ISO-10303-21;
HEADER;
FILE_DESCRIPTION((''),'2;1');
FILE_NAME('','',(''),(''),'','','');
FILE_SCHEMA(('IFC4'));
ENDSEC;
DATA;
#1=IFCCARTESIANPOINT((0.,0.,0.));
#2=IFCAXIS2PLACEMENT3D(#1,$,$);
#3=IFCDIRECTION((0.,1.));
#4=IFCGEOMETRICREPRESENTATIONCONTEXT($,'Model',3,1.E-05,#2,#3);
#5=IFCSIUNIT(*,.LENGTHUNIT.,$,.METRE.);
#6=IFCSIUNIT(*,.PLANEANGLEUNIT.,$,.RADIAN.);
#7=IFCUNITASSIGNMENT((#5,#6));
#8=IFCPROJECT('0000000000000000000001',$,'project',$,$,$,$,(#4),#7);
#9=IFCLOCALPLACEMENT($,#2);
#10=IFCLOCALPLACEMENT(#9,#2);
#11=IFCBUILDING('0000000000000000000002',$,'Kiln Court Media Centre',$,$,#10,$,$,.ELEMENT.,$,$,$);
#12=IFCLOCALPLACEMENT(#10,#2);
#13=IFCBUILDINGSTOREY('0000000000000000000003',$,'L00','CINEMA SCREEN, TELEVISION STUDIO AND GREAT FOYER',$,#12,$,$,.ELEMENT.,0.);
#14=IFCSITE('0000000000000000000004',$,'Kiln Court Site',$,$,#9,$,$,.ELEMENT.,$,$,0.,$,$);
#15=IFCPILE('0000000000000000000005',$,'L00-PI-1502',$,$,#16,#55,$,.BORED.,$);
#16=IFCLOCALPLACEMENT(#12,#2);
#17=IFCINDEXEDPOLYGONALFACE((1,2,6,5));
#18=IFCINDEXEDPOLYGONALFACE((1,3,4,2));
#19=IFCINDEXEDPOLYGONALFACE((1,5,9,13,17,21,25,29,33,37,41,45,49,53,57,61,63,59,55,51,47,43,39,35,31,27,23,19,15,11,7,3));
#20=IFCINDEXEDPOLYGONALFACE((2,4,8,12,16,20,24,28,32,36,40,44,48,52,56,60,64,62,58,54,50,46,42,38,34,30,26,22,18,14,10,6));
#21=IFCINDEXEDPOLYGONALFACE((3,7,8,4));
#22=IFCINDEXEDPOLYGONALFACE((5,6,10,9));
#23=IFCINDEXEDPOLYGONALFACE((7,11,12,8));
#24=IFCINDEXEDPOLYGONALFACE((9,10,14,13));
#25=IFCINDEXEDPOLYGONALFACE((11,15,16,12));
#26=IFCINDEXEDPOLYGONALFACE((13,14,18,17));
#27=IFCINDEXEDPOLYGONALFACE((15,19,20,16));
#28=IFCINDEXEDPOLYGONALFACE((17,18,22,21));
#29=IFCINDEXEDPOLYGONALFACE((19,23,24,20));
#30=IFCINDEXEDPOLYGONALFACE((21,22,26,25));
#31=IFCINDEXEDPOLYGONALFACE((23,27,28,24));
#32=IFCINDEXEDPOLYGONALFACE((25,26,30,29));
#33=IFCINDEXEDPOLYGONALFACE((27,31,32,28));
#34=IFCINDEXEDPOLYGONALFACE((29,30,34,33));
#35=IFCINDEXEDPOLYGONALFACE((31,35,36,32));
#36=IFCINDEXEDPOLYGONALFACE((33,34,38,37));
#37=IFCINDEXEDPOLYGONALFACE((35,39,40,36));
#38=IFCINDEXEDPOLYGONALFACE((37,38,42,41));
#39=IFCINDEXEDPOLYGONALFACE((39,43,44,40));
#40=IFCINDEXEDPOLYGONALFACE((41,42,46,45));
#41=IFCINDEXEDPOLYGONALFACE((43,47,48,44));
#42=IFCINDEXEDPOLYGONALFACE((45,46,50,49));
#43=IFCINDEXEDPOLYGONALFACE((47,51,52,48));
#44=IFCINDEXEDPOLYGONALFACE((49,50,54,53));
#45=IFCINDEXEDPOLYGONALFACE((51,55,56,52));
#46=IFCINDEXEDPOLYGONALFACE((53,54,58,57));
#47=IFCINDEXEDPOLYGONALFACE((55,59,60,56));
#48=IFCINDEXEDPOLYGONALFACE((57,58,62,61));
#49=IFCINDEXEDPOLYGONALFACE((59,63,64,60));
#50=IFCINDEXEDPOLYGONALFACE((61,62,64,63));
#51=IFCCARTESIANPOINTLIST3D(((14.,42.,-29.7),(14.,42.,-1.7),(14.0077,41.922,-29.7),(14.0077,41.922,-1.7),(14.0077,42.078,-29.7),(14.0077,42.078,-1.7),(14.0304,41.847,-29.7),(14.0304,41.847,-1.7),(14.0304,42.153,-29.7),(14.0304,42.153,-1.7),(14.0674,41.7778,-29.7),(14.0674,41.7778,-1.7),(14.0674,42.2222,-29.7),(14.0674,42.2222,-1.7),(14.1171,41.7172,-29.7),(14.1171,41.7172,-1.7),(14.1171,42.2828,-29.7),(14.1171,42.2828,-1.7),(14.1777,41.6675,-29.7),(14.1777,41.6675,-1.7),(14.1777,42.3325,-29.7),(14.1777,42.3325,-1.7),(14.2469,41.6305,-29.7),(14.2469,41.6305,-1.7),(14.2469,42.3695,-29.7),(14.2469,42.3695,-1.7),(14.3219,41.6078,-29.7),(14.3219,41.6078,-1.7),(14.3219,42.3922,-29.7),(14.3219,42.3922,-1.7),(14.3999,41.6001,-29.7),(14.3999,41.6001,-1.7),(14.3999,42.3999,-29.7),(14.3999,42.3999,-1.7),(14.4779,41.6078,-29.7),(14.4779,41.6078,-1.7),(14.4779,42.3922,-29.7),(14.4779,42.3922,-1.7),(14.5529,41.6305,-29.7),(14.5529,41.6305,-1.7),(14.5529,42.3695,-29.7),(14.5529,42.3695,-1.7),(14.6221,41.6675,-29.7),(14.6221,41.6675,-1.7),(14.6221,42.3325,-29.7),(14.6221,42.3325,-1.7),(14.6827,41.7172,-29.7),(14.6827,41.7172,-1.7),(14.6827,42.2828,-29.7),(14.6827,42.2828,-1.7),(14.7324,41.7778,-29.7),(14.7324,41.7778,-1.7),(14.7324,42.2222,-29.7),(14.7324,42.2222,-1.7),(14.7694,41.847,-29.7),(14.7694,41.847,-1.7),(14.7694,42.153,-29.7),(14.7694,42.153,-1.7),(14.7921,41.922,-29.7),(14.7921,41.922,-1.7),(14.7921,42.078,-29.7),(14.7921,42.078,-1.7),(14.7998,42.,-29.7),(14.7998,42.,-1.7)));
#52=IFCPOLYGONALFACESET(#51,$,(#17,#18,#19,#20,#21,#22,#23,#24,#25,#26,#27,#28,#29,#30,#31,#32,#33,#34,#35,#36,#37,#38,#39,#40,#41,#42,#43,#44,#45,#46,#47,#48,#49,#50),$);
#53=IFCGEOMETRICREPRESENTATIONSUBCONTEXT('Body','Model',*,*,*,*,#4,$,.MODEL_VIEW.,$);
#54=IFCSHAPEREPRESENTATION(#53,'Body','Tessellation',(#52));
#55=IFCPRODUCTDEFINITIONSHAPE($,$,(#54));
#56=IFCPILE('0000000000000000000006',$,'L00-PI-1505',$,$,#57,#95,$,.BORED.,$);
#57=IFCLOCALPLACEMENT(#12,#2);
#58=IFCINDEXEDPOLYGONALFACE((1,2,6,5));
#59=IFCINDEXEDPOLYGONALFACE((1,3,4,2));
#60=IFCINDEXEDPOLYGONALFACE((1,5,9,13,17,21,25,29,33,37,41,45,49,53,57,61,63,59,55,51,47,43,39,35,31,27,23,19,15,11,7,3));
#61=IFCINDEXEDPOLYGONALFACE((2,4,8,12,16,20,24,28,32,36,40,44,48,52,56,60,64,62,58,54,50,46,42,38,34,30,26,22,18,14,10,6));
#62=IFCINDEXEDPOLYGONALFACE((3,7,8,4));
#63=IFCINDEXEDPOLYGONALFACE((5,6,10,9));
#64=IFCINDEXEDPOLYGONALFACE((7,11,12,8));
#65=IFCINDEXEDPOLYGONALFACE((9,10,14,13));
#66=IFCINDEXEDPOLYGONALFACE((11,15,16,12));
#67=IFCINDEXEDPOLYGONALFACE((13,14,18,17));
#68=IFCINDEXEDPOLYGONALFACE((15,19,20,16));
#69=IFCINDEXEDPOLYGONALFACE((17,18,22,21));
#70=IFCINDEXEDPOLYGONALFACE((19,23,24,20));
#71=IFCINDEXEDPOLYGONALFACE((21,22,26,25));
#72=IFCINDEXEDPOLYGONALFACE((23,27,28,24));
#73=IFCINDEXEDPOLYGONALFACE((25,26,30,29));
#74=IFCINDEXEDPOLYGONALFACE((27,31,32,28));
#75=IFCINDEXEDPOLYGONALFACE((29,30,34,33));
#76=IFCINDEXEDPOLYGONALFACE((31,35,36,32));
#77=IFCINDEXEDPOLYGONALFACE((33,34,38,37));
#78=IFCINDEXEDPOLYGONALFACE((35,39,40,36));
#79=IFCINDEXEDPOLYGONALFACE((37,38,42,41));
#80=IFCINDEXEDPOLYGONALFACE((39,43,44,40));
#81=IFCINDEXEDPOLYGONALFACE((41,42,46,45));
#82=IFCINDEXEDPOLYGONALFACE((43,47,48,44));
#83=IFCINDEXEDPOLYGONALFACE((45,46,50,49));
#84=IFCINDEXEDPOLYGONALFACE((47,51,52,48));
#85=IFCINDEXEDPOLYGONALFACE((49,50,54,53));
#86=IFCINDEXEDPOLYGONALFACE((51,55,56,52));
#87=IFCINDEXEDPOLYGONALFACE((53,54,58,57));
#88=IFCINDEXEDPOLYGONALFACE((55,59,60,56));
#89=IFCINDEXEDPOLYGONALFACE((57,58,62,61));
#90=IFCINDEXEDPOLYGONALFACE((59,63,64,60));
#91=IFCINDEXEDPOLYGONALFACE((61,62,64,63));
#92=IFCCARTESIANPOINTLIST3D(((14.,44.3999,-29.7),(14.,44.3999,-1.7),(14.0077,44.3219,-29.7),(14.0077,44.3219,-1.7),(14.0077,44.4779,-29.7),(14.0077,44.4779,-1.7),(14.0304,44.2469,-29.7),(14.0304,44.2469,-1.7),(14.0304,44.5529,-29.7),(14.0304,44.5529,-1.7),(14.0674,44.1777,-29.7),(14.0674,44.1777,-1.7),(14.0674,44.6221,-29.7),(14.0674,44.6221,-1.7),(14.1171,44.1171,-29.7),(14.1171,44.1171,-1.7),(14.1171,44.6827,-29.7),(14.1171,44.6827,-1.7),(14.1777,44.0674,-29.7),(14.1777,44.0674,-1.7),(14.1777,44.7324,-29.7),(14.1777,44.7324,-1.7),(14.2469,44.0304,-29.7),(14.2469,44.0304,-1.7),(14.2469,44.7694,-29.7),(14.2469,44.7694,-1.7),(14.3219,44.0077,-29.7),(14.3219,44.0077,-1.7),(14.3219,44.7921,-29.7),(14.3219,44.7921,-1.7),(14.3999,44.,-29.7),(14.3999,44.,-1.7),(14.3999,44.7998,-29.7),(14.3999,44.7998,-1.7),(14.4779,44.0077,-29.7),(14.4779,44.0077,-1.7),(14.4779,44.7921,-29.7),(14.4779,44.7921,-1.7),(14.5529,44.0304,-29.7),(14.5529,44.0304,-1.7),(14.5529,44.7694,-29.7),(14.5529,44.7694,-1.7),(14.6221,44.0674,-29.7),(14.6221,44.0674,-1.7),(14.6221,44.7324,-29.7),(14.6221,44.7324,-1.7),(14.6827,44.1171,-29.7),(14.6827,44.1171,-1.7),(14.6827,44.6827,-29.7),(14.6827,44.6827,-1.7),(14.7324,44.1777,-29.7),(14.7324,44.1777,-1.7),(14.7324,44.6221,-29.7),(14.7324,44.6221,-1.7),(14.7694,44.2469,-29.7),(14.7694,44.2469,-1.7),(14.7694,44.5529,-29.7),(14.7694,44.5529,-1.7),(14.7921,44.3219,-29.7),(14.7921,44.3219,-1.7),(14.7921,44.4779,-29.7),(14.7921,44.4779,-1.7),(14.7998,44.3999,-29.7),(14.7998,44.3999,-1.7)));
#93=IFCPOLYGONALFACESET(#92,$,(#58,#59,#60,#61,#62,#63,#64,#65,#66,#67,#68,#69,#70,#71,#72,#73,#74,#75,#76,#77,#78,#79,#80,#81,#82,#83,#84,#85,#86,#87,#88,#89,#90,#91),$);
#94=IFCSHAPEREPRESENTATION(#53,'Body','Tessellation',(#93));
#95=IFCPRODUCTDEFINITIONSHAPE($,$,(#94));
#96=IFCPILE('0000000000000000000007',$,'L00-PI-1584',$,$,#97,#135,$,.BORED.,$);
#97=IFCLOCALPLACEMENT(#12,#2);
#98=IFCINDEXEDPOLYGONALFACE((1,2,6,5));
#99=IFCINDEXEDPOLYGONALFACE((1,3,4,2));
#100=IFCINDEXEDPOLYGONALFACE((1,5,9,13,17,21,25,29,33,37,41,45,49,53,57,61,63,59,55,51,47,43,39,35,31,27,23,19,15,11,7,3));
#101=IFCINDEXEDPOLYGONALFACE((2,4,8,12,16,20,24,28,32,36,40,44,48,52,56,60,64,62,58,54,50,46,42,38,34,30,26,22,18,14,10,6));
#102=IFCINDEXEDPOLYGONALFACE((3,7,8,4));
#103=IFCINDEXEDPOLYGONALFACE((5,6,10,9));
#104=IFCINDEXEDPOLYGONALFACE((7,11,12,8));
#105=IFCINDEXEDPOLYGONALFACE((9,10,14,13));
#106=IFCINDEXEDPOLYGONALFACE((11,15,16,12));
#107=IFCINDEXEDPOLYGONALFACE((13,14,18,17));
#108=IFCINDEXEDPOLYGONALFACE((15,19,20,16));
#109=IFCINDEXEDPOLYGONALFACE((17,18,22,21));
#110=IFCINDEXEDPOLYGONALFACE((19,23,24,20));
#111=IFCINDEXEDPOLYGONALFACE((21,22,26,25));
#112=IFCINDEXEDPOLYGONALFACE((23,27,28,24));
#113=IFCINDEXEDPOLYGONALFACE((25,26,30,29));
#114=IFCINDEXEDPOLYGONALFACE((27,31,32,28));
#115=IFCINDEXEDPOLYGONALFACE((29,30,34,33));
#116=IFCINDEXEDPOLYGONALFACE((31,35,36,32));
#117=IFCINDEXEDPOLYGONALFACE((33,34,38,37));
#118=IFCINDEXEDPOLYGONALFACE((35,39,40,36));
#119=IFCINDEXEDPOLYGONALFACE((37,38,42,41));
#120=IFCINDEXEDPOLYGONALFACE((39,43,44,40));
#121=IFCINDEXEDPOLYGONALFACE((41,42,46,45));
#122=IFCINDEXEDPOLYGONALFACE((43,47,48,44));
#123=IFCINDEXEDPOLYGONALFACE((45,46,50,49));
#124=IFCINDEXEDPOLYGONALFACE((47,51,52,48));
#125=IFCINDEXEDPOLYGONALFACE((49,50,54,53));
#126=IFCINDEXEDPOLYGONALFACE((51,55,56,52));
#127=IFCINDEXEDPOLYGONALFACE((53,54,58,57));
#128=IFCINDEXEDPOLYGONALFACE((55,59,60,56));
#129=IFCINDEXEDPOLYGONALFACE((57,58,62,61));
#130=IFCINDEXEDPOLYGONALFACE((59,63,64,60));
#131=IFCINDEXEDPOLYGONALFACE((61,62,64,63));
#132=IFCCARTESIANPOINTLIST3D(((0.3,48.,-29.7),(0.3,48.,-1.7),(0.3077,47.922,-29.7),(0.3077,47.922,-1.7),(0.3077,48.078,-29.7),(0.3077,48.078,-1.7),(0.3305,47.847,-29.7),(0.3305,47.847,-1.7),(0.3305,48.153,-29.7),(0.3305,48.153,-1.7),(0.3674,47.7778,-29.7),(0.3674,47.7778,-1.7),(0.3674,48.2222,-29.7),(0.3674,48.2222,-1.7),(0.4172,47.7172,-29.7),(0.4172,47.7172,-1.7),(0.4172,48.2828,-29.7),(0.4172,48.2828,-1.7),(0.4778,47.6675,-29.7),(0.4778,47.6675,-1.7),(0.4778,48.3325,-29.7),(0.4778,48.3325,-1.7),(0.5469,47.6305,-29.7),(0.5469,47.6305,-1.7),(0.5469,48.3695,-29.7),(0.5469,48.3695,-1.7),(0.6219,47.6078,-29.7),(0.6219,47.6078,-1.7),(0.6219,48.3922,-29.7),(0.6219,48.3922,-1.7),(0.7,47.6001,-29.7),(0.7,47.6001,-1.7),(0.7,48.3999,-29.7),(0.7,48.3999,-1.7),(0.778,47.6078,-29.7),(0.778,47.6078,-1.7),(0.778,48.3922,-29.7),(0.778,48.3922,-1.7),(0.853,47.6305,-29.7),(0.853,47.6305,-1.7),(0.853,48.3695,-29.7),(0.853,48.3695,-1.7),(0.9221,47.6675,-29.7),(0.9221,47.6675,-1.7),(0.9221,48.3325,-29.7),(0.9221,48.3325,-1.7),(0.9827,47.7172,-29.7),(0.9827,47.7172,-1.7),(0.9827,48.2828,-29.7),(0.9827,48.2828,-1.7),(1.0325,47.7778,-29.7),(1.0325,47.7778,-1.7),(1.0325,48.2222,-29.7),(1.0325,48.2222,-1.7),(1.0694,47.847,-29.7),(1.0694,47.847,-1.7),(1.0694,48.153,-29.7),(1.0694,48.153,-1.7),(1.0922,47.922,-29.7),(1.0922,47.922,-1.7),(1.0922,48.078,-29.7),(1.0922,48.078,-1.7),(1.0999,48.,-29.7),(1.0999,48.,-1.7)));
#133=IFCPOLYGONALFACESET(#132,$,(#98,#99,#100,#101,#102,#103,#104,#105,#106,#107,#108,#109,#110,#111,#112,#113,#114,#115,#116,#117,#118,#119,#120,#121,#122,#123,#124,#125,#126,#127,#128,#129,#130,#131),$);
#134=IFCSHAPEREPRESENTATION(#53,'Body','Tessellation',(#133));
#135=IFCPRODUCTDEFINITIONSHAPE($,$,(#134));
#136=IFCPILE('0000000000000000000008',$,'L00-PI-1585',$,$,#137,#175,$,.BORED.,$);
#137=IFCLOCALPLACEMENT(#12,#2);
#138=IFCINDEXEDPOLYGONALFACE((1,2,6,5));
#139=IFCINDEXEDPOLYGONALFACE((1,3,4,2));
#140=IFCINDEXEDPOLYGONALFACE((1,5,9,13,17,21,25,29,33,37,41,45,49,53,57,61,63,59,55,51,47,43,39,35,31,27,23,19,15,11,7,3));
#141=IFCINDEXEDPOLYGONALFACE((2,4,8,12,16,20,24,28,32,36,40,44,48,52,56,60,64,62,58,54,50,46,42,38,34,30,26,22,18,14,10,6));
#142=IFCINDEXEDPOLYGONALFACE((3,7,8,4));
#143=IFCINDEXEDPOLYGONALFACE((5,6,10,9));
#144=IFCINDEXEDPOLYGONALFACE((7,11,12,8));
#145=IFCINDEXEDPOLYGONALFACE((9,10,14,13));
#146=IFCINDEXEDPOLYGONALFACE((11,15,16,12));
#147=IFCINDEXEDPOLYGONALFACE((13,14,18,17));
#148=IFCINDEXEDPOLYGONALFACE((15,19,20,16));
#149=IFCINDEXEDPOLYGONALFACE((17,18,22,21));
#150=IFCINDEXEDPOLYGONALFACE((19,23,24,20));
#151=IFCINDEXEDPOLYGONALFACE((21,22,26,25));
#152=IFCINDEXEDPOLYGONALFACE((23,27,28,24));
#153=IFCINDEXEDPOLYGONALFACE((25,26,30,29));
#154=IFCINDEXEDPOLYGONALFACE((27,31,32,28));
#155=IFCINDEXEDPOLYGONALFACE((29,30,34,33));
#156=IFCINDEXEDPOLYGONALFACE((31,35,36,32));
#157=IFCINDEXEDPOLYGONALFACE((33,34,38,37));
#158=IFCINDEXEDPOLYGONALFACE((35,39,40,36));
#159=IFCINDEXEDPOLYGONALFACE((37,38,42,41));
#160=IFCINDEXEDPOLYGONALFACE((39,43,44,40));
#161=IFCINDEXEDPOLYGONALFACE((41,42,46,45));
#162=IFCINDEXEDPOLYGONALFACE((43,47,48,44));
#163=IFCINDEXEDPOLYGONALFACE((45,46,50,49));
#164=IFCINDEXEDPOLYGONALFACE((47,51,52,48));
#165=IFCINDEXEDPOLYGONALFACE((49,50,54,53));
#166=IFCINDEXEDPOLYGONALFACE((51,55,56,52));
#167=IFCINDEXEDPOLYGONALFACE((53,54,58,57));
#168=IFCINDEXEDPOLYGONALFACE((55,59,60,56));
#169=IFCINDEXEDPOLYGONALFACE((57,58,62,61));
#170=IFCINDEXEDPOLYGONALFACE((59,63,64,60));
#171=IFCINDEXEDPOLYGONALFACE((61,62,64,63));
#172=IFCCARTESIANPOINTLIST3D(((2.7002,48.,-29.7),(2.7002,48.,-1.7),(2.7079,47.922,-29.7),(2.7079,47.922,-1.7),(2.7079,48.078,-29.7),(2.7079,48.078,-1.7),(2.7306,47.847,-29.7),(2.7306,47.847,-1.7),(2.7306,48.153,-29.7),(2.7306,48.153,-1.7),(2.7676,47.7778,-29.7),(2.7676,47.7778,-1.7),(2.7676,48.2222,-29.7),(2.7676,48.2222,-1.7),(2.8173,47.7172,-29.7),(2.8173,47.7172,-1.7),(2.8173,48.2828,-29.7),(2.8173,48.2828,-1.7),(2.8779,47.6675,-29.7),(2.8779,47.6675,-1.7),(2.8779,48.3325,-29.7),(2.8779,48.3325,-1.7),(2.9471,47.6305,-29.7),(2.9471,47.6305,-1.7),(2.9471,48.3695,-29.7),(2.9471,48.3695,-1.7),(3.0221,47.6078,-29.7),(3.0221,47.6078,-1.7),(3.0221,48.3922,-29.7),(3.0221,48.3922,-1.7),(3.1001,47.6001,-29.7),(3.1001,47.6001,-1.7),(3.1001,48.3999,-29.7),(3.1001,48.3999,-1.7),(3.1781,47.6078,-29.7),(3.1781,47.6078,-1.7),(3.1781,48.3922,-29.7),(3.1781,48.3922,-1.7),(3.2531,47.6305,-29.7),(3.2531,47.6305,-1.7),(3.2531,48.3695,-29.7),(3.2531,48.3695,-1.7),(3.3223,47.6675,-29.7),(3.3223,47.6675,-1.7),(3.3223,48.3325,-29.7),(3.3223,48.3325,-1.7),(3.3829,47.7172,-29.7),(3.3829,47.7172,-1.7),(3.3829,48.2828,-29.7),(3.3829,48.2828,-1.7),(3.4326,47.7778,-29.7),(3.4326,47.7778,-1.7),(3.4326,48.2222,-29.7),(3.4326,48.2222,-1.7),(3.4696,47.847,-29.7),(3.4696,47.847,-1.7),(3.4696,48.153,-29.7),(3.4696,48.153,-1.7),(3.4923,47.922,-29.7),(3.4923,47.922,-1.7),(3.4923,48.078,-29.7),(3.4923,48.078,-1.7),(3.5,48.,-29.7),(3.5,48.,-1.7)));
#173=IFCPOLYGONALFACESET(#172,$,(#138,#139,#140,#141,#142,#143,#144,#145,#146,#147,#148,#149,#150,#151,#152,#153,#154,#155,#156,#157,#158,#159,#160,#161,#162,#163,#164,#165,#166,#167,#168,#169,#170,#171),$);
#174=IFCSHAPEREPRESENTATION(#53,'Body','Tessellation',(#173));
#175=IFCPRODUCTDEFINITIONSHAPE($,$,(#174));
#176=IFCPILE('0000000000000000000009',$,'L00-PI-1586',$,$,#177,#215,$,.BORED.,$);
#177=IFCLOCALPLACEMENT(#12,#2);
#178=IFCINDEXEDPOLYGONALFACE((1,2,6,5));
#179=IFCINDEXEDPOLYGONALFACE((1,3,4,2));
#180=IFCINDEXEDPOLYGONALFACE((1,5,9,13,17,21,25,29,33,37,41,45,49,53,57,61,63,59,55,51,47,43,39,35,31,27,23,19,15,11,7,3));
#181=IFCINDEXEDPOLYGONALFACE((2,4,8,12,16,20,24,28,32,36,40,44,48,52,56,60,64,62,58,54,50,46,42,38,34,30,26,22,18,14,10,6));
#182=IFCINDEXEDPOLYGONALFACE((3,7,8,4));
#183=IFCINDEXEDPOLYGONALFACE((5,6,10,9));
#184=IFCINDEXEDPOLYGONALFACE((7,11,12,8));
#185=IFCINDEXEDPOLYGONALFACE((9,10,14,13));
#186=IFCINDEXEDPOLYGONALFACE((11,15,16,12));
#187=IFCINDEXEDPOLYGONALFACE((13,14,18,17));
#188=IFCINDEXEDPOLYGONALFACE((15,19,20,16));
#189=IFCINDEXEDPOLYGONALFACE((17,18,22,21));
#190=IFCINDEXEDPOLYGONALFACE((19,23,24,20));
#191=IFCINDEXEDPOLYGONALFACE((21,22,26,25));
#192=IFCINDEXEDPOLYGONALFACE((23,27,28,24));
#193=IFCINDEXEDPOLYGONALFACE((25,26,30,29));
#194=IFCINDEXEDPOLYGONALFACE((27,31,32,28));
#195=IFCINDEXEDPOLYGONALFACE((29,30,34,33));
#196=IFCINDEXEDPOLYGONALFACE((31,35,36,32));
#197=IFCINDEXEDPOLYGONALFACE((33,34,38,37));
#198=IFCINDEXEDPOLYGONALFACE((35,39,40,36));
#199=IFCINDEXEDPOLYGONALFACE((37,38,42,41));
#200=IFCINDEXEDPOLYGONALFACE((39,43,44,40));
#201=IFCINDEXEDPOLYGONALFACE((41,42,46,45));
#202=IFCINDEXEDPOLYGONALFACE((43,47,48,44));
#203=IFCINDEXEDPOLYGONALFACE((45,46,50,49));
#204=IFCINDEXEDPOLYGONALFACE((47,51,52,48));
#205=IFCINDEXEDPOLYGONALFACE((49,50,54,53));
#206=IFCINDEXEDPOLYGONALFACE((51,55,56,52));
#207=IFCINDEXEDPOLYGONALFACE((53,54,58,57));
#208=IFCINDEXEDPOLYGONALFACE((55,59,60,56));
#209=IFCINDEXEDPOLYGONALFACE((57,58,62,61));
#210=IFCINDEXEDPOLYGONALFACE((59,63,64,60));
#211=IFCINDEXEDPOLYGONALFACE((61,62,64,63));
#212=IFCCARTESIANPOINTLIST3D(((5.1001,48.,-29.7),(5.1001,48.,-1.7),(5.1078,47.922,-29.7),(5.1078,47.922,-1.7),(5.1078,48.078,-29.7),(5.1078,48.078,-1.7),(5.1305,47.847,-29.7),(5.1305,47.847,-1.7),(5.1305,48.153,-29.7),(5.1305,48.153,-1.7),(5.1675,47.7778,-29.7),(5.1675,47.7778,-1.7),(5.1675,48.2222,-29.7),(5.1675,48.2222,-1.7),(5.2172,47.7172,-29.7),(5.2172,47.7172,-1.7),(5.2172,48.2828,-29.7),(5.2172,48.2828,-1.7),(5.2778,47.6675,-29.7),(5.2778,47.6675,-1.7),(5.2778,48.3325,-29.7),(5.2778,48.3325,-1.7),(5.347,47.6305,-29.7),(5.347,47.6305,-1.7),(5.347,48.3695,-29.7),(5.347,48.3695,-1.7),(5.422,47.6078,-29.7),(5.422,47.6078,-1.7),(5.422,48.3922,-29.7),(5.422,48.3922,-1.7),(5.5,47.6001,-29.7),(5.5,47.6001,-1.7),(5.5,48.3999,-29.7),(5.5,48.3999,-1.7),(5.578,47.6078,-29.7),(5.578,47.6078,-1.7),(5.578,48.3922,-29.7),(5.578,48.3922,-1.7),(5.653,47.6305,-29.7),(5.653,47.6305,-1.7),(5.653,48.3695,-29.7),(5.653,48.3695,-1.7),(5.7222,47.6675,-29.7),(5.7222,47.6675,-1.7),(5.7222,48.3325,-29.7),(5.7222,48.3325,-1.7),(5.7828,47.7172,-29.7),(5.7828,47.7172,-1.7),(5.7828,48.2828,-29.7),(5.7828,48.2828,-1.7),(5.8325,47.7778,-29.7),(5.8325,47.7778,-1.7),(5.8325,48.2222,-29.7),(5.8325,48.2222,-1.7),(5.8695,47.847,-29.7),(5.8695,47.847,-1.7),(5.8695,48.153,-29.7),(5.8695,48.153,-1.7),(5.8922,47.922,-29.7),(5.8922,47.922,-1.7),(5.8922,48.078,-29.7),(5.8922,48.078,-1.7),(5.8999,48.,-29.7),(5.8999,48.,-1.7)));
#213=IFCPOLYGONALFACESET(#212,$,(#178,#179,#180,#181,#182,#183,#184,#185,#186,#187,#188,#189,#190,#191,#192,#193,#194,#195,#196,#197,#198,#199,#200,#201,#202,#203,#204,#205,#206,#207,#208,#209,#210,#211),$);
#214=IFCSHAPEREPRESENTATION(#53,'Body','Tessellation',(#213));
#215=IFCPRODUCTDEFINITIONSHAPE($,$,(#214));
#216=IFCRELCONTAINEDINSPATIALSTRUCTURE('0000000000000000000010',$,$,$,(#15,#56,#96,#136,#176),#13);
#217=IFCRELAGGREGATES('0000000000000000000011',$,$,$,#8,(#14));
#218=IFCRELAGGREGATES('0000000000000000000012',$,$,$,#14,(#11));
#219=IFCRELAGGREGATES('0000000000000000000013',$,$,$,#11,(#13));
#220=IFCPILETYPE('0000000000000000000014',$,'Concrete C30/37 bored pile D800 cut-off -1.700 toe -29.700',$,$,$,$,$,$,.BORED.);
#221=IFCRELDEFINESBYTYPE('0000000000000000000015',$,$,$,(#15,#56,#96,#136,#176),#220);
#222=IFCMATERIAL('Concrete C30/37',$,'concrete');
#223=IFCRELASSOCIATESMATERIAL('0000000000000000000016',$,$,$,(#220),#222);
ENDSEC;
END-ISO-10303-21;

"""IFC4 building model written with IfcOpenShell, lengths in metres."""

from ifc_helpers import new_model, si_unit, direction, frame, origin, origin_2d, place, context, subcontext, project, spatial, circle, extrude, material, material_profile, profile_set, type_object, element, save


model = new_model("IFC4")

# Units and contexts
model_context = context("Model", 3, precision=1e-05, world=origin(), true_north=direction((0.0, 1.0)))
body_context = subcontext(model_context, "Body", "Model", "MODEL_VIEW")
ifc_project = project(units=[si_unit("LENGTHUNIT", "METRE"), si_unit("PLANEANGLEUNIT", "RADIAN")], contexts=[model_context])

# Site, building, storey
site_placement = place(None, origin())
site = spatial("IfcSite", under=ifc_project, at=site_placement, Name="Kiln Court Site", CompositionType="ELEMENT", RefElevation=0.0)
building_placement = place(site_placement, origin())
building = spatial("IfcBuilding", under=site, at=building_placement, Name="Kiln Court Media Centre", CompositionType="ELEMENT")
storey_placement = place(building_placement, origin())
storey = spatial("IfcBuildingStorey", under=building, at=storey_placement, Name="L00", Description="CINEMA SCREEN, TELEVISION STUDIO AND GREAT FOYER", CompositionType="ELEMENT", Elevation=0.0)

# Piles
ifc_material_1 = material(Name="Concrete C30/37", Category="concrete")
ifc_material_profile_1 = material_profile(ifc_material_1, circle(Radius=0.3999, at=origin_2d()), Name="PILE D800")
ifc_profile_set_1 = profile_set([ifc_material_profile_1], Name="Concrete C30/37")
pile_type_1 = type_object("IfcPileType", Name="Concrete C30/37 bored pile D800 cut-off -1.700 toe -29.700", PredefinedType="BORED", material=ifc_profile_set_1)
for number, where, z_axis, x_axis, name in (
    (1, (14.3999, 42.0, -1.7), (0.0, 0.0, -1.0), (1.0, 0.0, 0.0), "L00-PI-1502"),
    (2, (14.3999, 44.3999, -1.7), (0.0, 0.0, -1.0), (1.0, 0.0, 0.0), "L00-PI-1505"),
    (3, (0.7, 48.0, -1.7), (0.0, 0.0, -1.0), (1.0, 0.0, 0.0), "L00-PI-1584"),
    (4, (3.1001, 48.0, -1.7), (0.0, 0.0, -1.0), (1.0, 0.0, 0.0), "L00-PI-1585"),
    (5, (5.5, 48.0, -1.7), (0.0, 0.0, -1.0), (1.0, 0.0, 0.0), "L00-PI-1586"),
):
    element("IfcPile", number, at=place(storey_placement, frame(where, z_axis=z_axis, x_axis=x_axis)), inside=storey, type_object=pile_type_1, Name=name, PredefinedType="BORED", context=body_context, shape_type="SweptSolid", body=[
        extrude(circle(Radius=0.3999, at=origin_2d()), origin(), (0.0, 0.0, 1.0), 28.0),
    ])

save(model, "model.ifc")
